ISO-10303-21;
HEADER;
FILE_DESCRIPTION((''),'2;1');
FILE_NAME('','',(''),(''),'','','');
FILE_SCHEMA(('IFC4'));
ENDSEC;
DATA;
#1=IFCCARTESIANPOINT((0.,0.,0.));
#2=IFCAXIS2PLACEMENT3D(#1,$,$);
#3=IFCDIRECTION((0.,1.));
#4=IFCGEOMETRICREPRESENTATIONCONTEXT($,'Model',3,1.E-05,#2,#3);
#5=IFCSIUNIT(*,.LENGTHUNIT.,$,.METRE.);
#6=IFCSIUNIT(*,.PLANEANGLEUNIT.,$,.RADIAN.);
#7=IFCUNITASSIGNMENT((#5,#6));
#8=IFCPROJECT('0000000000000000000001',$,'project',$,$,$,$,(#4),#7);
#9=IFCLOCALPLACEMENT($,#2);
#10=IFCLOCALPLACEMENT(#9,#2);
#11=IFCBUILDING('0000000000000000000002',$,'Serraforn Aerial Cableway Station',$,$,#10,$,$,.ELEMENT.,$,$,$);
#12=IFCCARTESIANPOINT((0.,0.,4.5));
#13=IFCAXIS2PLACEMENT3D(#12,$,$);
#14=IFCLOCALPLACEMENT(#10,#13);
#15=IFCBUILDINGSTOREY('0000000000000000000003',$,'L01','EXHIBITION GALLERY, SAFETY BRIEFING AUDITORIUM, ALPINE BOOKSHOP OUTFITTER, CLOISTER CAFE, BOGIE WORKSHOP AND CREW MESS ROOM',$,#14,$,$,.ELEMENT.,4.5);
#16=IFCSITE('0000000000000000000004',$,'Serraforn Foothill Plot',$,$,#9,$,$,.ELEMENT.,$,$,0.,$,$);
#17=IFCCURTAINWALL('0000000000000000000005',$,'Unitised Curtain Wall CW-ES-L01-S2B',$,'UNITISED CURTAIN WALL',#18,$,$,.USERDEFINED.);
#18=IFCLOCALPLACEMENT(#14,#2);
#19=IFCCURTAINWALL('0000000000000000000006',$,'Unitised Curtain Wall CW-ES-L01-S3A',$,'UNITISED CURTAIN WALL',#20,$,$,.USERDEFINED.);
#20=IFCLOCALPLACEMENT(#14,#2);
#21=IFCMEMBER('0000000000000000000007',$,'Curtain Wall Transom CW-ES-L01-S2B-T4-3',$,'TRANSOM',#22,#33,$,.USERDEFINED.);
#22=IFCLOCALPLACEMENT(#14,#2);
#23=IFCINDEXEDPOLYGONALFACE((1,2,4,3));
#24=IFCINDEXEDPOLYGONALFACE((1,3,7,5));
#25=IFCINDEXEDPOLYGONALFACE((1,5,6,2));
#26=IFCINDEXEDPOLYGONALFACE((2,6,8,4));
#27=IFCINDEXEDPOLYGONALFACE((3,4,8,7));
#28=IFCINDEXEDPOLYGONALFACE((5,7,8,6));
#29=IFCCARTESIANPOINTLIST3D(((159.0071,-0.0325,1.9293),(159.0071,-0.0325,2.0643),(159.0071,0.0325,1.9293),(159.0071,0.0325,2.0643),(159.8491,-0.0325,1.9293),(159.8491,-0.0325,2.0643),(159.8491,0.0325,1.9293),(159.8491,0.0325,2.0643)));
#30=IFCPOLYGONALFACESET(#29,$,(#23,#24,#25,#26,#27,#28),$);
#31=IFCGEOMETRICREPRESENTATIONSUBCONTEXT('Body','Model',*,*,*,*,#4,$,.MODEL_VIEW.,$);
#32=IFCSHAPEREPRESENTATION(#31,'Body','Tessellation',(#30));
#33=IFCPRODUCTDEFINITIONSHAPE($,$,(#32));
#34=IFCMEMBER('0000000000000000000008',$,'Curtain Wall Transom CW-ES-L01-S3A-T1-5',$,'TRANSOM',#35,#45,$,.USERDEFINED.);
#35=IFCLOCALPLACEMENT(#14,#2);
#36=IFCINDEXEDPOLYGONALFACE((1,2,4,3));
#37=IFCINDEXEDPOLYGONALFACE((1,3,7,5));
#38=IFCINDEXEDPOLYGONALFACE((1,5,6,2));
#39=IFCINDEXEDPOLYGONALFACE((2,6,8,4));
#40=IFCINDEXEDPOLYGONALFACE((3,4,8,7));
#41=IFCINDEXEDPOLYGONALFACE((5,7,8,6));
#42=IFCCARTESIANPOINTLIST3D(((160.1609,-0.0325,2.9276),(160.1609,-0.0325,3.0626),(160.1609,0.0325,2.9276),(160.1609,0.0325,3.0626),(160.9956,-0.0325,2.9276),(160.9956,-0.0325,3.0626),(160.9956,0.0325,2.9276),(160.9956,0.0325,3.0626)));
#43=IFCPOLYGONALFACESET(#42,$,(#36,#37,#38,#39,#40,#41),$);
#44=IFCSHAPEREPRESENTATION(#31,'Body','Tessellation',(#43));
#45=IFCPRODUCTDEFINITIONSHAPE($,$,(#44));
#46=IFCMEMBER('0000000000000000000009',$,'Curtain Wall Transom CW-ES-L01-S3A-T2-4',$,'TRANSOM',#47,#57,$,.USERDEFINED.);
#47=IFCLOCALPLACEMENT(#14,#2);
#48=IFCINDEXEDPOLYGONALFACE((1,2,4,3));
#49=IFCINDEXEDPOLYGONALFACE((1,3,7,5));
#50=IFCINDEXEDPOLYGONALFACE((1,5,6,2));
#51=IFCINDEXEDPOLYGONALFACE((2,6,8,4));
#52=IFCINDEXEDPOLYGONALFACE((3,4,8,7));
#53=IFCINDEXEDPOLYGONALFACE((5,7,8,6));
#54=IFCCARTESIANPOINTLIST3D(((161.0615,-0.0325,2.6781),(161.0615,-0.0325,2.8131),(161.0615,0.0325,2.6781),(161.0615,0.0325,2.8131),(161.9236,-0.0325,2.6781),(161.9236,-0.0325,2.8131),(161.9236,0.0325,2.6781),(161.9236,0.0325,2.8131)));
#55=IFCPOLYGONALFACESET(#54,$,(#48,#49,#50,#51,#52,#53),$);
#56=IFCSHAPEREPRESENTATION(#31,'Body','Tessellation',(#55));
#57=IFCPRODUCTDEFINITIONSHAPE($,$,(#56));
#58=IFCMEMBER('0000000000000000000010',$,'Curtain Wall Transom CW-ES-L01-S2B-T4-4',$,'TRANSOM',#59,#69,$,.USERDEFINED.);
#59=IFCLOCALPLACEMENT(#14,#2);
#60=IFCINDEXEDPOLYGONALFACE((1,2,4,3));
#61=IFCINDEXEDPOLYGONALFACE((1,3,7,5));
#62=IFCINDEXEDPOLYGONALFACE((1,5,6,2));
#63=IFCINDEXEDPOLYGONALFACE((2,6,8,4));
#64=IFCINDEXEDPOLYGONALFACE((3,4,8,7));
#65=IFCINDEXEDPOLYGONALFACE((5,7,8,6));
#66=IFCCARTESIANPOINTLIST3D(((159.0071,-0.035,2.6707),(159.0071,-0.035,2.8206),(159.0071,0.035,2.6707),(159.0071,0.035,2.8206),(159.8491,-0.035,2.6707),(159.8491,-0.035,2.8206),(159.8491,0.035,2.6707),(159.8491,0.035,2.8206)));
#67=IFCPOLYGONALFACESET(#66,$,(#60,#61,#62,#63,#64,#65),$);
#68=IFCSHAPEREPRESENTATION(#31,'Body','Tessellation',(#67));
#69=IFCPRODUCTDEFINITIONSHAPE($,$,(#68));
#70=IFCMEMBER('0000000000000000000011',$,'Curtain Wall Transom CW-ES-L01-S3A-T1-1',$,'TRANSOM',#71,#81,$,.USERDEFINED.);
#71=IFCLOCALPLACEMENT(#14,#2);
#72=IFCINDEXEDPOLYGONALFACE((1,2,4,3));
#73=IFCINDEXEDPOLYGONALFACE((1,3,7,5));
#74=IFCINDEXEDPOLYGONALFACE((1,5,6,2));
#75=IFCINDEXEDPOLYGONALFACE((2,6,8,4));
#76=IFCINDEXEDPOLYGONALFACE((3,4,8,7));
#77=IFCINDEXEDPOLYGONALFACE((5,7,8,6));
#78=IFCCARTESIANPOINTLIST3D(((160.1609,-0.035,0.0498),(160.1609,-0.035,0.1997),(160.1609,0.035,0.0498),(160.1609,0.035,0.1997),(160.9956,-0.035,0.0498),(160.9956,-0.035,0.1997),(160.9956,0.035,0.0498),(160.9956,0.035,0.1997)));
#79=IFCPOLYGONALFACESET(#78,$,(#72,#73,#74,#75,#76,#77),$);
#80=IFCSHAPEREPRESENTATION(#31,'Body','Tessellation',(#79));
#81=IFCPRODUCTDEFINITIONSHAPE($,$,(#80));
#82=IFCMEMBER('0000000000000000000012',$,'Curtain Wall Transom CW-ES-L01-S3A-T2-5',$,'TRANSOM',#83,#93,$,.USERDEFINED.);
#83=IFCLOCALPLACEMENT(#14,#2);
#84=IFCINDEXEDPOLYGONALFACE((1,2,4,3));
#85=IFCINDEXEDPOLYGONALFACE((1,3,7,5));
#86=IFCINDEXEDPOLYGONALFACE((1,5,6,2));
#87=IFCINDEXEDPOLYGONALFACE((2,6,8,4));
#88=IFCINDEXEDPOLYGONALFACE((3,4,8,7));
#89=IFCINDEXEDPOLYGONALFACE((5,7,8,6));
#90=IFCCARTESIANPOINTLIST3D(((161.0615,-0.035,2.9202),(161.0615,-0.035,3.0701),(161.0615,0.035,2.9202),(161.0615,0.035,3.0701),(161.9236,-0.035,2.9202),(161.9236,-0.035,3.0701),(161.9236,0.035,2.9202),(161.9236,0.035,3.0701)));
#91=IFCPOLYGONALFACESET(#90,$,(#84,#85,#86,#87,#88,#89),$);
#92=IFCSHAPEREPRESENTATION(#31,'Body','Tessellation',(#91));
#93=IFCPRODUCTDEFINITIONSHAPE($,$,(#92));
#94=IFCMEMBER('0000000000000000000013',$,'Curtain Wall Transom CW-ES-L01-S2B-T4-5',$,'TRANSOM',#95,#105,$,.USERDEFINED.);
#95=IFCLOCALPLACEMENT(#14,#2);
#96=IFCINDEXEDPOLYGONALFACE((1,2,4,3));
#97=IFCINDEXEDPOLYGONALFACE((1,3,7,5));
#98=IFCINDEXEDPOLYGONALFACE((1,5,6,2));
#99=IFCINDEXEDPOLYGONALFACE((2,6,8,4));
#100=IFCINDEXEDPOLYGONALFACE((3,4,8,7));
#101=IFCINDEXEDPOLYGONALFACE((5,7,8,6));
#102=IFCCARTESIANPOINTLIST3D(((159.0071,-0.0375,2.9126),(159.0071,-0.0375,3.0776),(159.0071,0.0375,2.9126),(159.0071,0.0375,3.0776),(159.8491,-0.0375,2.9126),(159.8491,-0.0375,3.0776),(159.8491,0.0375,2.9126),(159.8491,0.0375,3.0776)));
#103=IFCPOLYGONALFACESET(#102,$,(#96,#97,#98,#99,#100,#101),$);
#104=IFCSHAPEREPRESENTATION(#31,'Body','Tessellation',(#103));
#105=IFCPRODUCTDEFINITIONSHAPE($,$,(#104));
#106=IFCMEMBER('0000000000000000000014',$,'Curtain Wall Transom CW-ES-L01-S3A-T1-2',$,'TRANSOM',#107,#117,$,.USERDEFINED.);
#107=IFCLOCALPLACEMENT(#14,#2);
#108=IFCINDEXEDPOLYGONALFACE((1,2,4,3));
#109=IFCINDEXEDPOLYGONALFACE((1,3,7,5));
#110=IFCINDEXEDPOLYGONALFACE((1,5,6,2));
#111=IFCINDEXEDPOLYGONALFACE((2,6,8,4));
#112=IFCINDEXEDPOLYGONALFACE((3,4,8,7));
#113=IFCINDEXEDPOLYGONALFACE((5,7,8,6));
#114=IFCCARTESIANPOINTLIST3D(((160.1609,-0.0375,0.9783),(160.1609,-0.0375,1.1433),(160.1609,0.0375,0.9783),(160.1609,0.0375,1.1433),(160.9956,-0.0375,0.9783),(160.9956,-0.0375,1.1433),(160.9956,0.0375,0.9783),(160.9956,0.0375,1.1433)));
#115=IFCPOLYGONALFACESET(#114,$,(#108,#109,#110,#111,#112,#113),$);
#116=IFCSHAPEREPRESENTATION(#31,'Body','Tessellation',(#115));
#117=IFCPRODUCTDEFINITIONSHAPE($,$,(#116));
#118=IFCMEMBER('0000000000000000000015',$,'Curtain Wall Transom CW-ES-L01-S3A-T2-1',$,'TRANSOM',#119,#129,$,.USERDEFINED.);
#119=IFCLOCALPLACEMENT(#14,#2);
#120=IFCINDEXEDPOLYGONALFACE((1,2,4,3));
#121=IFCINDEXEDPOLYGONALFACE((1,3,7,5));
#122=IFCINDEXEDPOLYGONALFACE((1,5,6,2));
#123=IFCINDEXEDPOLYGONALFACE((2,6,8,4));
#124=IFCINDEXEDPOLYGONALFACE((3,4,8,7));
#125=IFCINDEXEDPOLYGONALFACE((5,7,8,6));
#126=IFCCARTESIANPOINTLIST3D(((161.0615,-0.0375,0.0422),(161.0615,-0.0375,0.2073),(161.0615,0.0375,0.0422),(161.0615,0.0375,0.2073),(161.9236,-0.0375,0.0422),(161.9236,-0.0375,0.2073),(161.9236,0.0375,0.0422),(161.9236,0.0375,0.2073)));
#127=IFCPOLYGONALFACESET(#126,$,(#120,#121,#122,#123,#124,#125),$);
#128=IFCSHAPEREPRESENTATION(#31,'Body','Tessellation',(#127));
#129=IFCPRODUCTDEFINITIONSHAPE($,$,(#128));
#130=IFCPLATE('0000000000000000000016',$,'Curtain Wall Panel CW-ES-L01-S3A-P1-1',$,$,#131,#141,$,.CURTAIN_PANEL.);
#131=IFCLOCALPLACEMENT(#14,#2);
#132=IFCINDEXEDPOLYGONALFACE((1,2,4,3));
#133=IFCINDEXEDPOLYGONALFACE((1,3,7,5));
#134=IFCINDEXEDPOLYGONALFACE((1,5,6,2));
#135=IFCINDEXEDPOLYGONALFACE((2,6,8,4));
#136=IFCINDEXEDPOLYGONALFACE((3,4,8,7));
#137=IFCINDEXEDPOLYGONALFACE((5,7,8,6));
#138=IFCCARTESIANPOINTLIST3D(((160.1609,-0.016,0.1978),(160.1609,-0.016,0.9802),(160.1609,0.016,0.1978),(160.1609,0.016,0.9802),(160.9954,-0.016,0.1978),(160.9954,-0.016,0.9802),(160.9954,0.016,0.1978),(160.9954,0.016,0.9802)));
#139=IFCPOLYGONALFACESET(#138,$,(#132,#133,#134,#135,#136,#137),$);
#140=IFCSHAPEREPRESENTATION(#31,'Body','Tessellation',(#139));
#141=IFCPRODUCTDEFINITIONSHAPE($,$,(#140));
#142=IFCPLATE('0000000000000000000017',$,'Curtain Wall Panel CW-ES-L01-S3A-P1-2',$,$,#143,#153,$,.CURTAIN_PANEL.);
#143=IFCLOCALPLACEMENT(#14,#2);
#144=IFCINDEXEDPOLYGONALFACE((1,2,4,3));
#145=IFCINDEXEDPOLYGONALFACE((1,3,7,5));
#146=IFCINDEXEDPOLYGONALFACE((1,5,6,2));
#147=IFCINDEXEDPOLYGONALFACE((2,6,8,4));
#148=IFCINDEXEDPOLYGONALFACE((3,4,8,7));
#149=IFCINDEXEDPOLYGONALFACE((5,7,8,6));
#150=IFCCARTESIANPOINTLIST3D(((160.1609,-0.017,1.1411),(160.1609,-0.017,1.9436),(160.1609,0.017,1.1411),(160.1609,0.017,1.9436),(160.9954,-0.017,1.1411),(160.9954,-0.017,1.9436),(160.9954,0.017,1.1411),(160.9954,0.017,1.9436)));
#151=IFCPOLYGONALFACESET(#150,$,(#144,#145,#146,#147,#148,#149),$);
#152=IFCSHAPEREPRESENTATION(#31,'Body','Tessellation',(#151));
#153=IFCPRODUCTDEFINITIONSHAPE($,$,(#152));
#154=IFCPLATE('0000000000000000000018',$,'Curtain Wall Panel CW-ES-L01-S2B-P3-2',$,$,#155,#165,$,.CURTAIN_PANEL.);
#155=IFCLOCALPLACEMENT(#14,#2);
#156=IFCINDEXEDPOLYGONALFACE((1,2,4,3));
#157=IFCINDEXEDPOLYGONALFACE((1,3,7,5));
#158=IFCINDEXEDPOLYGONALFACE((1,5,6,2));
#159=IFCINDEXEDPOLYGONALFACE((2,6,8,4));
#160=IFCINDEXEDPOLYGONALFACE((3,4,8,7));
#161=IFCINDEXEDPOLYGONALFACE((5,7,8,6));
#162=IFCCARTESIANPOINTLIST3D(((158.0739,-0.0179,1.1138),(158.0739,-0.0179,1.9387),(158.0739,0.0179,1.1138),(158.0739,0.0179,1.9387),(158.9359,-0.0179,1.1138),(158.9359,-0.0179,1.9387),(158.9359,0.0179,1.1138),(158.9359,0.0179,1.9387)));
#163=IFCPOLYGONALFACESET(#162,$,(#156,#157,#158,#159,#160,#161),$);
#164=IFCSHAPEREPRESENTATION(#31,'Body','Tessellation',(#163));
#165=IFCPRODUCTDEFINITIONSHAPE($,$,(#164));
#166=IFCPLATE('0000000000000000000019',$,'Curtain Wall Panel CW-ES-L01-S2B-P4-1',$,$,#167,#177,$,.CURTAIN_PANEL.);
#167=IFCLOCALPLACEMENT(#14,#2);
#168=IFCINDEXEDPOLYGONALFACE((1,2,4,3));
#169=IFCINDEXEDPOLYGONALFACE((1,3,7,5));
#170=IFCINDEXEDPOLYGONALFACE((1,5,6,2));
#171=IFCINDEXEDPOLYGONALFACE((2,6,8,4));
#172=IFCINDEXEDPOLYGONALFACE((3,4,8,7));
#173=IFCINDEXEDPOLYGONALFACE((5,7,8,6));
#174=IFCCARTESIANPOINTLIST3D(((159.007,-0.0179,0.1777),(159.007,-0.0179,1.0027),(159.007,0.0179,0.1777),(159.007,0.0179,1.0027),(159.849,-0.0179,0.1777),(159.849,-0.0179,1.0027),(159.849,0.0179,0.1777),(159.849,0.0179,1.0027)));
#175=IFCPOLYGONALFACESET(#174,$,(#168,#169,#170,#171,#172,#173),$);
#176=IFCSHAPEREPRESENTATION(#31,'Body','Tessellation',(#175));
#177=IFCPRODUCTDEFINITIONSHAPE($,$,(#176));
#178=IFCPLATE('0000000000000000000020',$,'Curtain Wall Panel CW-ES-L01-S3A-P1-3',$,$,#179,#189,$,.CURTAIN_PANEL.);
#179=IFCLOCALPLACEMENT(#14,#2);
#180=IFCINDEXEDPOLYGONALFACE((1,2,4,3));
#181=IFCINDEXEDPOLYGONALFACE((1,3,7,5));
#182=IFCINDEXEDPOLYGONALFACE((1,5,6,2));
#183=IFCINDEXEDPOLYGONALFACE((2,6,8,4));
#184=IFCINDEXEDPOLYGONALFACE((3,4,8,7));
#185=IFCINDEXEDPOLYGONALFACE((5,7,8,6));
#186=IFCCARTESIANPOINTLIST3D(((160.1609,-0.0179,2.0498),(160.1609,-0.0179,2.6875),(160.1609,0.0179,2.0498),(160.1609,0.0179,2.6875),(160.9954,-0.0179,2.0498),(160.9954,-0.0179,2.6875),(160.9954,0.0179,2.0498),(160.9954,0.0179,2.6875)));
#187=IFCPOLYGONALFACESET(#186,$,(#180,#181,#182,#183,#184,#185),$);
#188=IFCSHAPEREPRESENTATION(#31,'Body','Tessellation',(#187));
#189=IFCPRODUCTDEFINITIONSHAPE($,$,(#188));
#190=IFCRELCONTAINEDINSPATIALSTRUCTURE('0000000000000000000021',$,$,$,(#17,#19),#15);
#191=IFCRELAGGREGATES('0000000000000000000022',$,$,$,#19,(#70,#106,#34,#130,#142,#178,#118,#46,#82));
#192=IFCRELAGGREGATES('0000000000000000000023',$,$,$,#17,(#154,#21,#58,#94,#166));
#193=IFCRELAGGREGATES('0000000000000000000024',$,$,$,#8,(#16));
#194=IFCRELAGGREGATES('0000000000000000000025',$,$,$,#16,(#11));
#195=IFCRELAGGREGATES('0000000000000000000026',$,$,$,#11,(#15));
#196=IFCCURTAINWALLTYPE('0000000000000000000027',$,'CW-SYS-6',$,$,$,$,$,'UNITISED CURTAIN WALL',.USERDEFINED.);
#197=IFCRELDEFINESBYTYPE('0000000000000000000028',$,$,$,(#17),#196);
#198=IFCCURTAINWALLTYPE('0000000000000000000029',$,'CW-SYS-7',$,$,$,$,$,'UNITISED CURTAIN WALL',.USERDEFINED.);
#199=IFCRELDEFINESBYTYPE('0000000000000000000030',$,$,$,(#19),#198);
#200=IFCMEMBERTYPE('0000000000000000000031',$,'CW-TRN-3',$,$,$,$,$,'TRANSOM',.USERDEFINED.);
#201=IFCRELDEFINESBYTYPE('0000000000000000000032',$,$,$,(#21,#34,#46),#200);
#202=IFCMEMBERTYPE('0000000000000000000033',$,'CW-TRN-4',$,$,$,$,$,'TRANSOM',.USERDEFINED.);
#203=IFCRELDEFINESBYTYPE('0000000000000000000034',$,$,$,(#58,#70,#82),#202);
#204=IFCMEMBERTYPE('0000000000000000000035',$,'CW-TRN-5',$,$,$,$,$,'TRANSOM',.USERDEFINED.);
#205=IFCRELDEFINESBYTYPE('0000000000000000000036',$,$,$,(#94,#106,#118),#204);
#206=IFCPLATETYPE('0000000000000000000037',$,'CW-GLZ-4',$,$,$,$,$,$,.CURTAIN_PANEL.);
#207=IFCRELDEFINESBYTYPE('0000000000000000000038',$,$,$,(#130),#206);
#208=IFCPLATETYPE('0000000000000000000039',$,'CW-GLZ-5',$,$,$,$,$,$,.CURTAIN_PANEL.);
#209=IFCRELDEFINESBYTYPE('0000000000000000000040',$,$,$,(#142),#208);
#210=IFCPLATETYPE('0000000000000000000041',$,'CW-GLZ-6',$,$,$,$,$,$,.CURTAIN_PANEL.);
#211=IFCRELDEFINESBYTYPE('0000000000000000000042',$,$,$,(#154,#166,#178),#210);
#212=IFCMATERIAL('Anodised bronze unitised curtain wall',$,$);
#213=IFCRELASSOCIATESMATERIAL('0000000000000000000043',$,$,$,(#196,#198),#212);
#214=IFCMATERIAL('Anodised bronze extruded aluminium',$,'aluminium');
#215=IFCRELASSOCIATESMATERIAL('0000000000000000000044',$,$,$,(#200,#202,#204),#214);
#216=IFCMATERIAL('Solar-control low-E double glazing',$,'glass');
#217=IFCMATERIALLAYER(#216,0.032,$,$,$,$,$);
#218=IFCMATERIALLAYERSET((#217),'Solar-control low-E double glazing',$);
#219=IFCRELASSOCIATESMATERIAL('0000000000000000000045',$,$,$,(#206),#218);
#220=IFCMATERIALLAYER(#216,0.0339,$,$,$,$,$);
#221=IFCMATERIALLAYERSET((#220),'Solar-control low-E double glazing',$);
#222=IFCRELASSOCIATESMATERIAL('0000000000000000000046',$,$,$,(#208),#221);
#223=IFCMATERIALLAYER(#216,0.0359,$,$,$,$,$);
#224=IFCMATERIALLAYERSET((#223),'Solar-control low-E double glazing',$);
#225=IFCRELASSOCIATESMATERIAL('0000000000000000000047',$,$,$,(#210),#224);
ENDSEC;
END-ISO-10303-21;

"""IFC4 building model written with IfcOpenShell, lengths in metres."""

from ifc_helpers import new_model, si_unit, direction, frame, origin, origin_2d, place, context, subcontext, project, spatial, rectangle, extrude, material, layer, layer_set, material_profile, profile_set, type_object, element, aggregate, save


model = new_model("IFC4")

# Units and contexts
model_context = context("Model", 3, precision=1e-05, world=origin(), true_north=direction((0.0, 1.0)))
body_context = subcontext(model_context, "Body", "Model", "MODEL_VIEW")
ifc_project = project(units=[si_unit("LENGTHUNIT", "METRE"), si_unit("PLANEANGLEUNIT", "RADIAN")], contexts=[model_context])

# Site, building, storey
site_placement = place(None, origin())
site = spatial("IfcSite", under=ifc_project, at=site_placement, Name="Serraforn Foothill Plot", CompositionType="ELEMENT", RefElevation=0.0)
building_placement = place(site_placement, origin())
building = spatial("IfcBuilding", under=site, at=building_placement, Name="Serraforn Aerial Cableway Station", CompositionType="ELEMENT")
storey_placement = place(building_placement, frame((0.0, 0.0, 4.5)))
storey = spatial("IfcBuildingStorey", under=building, at=storey_placement, Name="L01", Description="EXHIBITION GALLERY, SAFETY BRIEFING AUDITORIUM, ALPINE BOOKSHOP OUTFITTER, CLOISTER CAFE, BOGIE WORKSHOP AND CREW MESS ROOM", CompositionType="ELEMENT", Elevation=4.5)

# Curtain wall
ifc_material_1 = material(Name="Anodised bronze unitised curtain wall")
curtain_wall_type_1 = type_object("IfcCurtainWallType", Name="CW-SYS-6", ElementType="UNITISED CURTAIN WALL", PredefinedType="USERDEFINED", material=ifc_material_1)
curtain_wall_1_placement = place(storey_placement, origin())
curtain_wall_1 = element("IfcCurtainWall", 1, at=curtain_wall_1_placement, inside=storey, type_object=curtain_wall_type_1, Name="Unitised Curtain Wall CW-ES-L01-S2B", ObjectType="UNITISED CURTAIN WALL", PredefinedType="USERDEFINED")
ifc_material_2 = material(Name="Anodised bronze extruded aluminium", Category="aluminium")

# Curtain wall
curtain_wall_type_2 = type_object("IfcCurtainWallType", Name="CW-SYS-7", ElementType="UNITISED CURTAIN WALL", PredefinedType="USERDEFINED", material=ifc_material_1)
curtain_wall_2_placement = place(storey_placement, origin())
curtain_wall_2 = element("IfcCurtainWall", 2, at=curtain_wall_2_placement, inside=storey, type_object=curtain_wall_type_2, Name="Unitised Curtain Wall CW-ES-L01-S3A", ObjectType="UNITISED CURTAIN WALL", PredefinedType="USERDEFINED")

# Members
ifc_material_profile_1 = material_profile(ifc_material_2, rectangle(XDim=0.0649, YDim=0.135, at=origin_2d()), Name="CW TRANSOM 65x135")
ifc_profile_set_1 = profile_set([ifc_material_profile_1], Name="Anodised bronze extruded aluminium")
member_type_1 = type_object("IfcMemberType", Name="CW-TRN-3", ElementType="TRANSOM", PredefinedType="USERDEFINED", material=ifc_profile_set_1)
member_1_placement = place(storey_placement, frame((159.0071, 0.0, 1.9968), z_axis=(1.0, 0.0, 0.0), x_axis=(0.0, 1.0, 0.0)))
member_1 = element("IfcMember", 3, at=member_1_placement, type_object=member_type_1, Name="Curtain Wall Transom CW-ES-L01-S2B-T4-3", ObjectType="TRANSOM", PredefinedType="USERDEFINED", context=body_context, shape_type="SweptSolid", body=[
    extrude(rectangle(XDim=0.0649, YDim=0.135, at=origin_2d()), origin(), (0.0, 0.0, 1.0), 0.842),
])
member_2_placement = place(storey_placement, frame((160.1609, 0.0, 2.9951), z_axis=(1.0, 0.0, 0.0), x_axis=(0.0, 1.0, 0.0)))
member_2 = element("IfcMember", 4, at=member_2_placement, type_object=member_type_1, Name="Curtain Wall Transom CW-ES-L01-S3A-T1-5", ObjectType="TRANSOM", PredefinedType="USERDEFINED", context=body_context, shape_type="SweptSolid", body=[
    extrude(rectangle(XDim=0.0649, YDim=0.135, at=origin_2d()), origin(), (0.0, 0.0, 1.0), 0.8347),
])
member_3_placement = place(storey_placement, frame((161.0615, 0.0, 2.7456), z_axis=(1.0, 0.0, 0.0), x_axis=(0.0, 1.0, 0.0)))
member_3 = element("IfcMember", 5, at=member_3_placement, type_object=member_type_1, Name="Curtain Wall Transom CW-ES-L01-S3A-T2-4", ObjectType="TRANSOM", PredefinedType="USERDEFINED", context=body_context, shape_type="SweptSolid", body=[
    extrude(rectangle(XDim=0.0649, YDim=0.135, at=origin_2d()), origin(), (0.0, 0.0, 1.0), 0.8621),
])
ifc_material_profile_2 = material_profile(ifc_material_2, rectangle(XDim=0.0701, YDim=0.1499, at=origin_2d()), Name="CW TRANSOM 70x150")
ifc_profile_set_2 = profile_set([ifc_material_profile_2], Name="Anodised bronze extruded aluminium")
member_type_2 = type_object("IfcMemberType", Name="CW-TRN-4", ElementType="TRANSOM", PredefinedType="USERDEFINED", material=ifc_profile_set_2)
member_4_placement = place(storey_placement, frame((159.0071, 0.0, 2.7456), z_axis=(1.0, 0.0, 0.0), x_axis=(0.0, 1.0, 0.0)))
member_4 = element("IfcMember", 6, at=member_4_placement, type_object=member_type_2, Name="Curtain Wall Transom CW-ES-L01-S2B-T4-4", ObjectType="TRANSOM", PredefinedType="USERDEFINED", context=body_context, shape_type="SweptSolid", body=[
    extrude(rectangle(XDim=0.0701, YDim=0.1499, at=origin_2d()), origin(), (0.0, 0.0, 1.0), 0.842),
])
member_5_placement = place(storey_placement, frame((160.1609, 0.0, 0.1248), z_axis=(1.0, 0.0, 0.0), x_axis=(0.0, 1.0, 0.0)))
member_5 = element("IfcMember", 7, at=member_5_placement, type_object=member_type_2, Name="Curtain Wall Transom CW-ES-L01-S3A-T1-1", ObjectType="TRANSOM", PredefinedType="USERDEFINED", context=body_context, shape_type="SweptSolid", body=[
    extrude(rectangle(XDim=0.0701, YDim=0.1499, at=origin_2d()), origin(), (0.0, 0.0, 1.0), 0.8347),
])
member_6_placement = place(storey_placement, frame((161.0615, 0.0, 2.9951), z_axis=(1.0, 0.0, 0.0), x_axis=(0.0, 1.0, 0.0)))
member_6 = element("IfcMember", 8, at=member_6_placement, type_object=member_type_2, Name="Curtain Wall Transom CW-ES-L01-S3A-T2-5", ObjectType="TRANSOM", PredefinedType="USERDEFINED", context=body_context, shape_type="SweptSolid", body=[
    extrude(rectangle(XDim=0.0701, YDim=0.1499, at=origin_2d()), origin(), (0.0, 0.0, 1.0), 0.8621),
])
ifc_material_profile_3 = material_profile(ifc_material_2, rectangle(XDim=0.075, YDim=0.165, at=origin_2d()), Name="CW TRANSOM 75x165")
ifc_profile_set_3 = profile_set([ifc_material_profile_3], Name="Anodised bronze extruded aluminium")
member_type_3 = type_object("IfcMemberType", Name="CW-TRN-5", ElementType="TRANSOM", PredefinedType="USERDEFINED", material=ifc_profile_set_3)
member_7_placement = place(storey_placement, frame((159.0071, 0.0, 2.9951), z_axis=(1.0, 0.0, 0.0), x_axis=(0.0, 1.0, 0.0)))
member_7 = element("IfcMember", 9, at=member_7_placement, type_object=member_type_3, Name="Curtain Wall Transom CW-ES-L01-S2B-T4-5", ObjectType="TRANSOM", PredefinedType="USERDEFINED", context=body_context, shape_type="SweptSolid", body=[
    extrude(rectangle(XDim=0.075, YDim=0.165, at=origin_2d()), origin(), (0.0, 0.0, 1.0), 0.842),
])
member_8_placement = place(storey_placement, frame((160.1609, 0.0, 1.0608), z_axis=(1.0, 0.0, 0.0), x_axis=(0.0, 1.0, 0.0)))
member_8 = element("IfcMember", 10, at=member_8_placement, type_object=member_type_3, Name="Curtain Wall Transom CW-ES-L01-S3A-T1-2", ObjectType="TRANSOM", PredefinedType="USERDEFINED", context=body_context, shape_type="SweptSolid", body=[
    extrude(rectangle(XDim=0.075, YDim=0.165, at=origin_2d()), origin(), (0.0, 0.0, 1.0), 0.8347),
])
member_9_placement = place(storey_placement, frame((161.0615, 0.0, 0.1248), z_axis=(1.0, 0.0, 0.0), x_axis=(0.0, 1.0, 0.0)))
member_9 = element("IfcMember", 11, at=member_9_placement, type_object=member_type_3, Name="Curtain Wall Transom CW-ES-L01-S3A-T2-1", ObjectType="TRANSOM", PredefinedType="USERDEFINED", context=body_context, shape_type="SweptSolid", body=[
    extrude(rectangle(XDim=0.075, YDim=0.165, at=origin_2d()), origin(), (0.0, 0.0, 1.0), 0.8621),
])

# Plates
ifc_material_3 = material(Name="Solar-control low-E double glazing", Category="glass")
ifc_layer_1 = layer(ifc_material_3, 0.032)
ifc_layer_set_1 = layer_set([ifc_layer_1], Name="Solar-control low-E double glazing")
plate_type_1 = type_object("IfcPlateType", Name="CW-GLZ-4", PredefinedType="CURTAIN_PANEL", material=ifc_layer_set_1)
plate_1_placement = place(storey_placement, frame((160.5781, 0.0, 0.1978), z_axis=(0.0, 0.0, 1.0), x_axis=(1.0, 0.0, 0.0)))
plate_1 = element("IfcPlate", 12, at=plate_1_placement, type_object=plate_type_1, Name="Curtain Wall Panel CW-ES-L01-S3A-P1-1", PredefinedType="CURTAIN_PANEL", context=body_context, shape_type="SweptSolid", body=[
    extrude(rectangle(XDim=0.8345, YDim=0.032, at=origin_2d()), origin(), (0.0, 0.0, 1.0), 0.7825),
])
ifc_layer_2 = layer(ifc_material_3, 0.0339)
ifc_layer_set_2 = layer_set([ifc_layer_2], Name="Solar-control low-E double glazing")
plate_type_2 = type_object("IfcPlateType", Name="CW-GLZ-5", PredefinedType="CURTAIN_PANEL", material=ifc_layer_set_2)
plate_2_placement = place(storey_placement, frame((160.5781, 0.0, 1.1411), z_axis=(0.0, 0.0, 1.0), x_axis=(1.0, 0.0, 0.0)))
plate_2 = element("IfcPlate", 13, at=plate_2_placement, type_object=plate_type_2, Name="Curtain Wall Panel CW-ES-L01-S3A-P1-2", PredefinedType="CURTAIN_PANEL", context=body_context, shape_type="SweptSolid", body=[
    extrude(rectangle(XDim=0.8345, YDim=0.0339, at=origin_2d()), origin(), (0.0, 0.0, 1.0), 0.8025),
])
ifc_layer_3 = layer(ifc_material_3, 0.0359)
ifc_layer_set_3 = layer_set([ifc_layer_3], Name="Solar-control low-E double glazing")
plate_type_3 = type_object("IfcPlateType", Name="CW-GLZ-6", PredefinedType="CURTAIN_PANEL", material=ifc_layer_set_3)
plate_3_placement = place(storey_placement, frame((158.5049, 0.0, 1.1138), z_axis=(0.0, 0.0, 1.0), x_axis=(1.0, 0.0, 0.0)))
plate_3 = element("IfcPlate", 14, at=plate_3_placement, type_object=plate_type_3, Name="Curtain Wall Panel CW-ES-L01-S2B-P3-2", PredefinedType="CURTAIN_PANEL", context=body_context, shape_type="SweptSolid", body=[
    extrude(rectangle(XDim=0.8621, YDim=0.0359, at=origin_2d()), origin(), (0.0, 0.0, 1.0), 0.825),
])
plate_4_placement = place(storey_placement, frame((159.428, 0.0, 0.1777), z_axis=(0.0, 0.0, 1.0), x_axis=(1.0, 0.0, 0.0)))
plate_4 = element("IfcPlate", 15, at=plate_4_placement, type_object=plate_type_3, Name="Curtain Wall Panel CW-ES-L01-S2B-P4-1", PredefinedType="CURTAIN_PANEL", context=body_context, shape_type="SweptSolid", body=[
    extrude(rectangle(XDim=0.842, YDim=0.0359, at=origin_2d()), origin(), (0.0, 0.0, 1.0), 0.825),
])
plate_5_placement = place(storey_placement, frame((160.5781, 0.0, 2.0498), z_axis=(0.0, 0.0, 1.0), x_axis=(1.0, 0.0, 0.0)))
plate_5 = element("IfcPlate", 16, at=plate_5_placement, type_object=plate_type_3, Name="Curtain Wall Panel CW-ES-L01-S3A-P1-3", PredefinedType="CURTAIN_PANEL", context=body_context, shape_type="SweptSolid", body=[
    extrude(rectangle(XDim=0.8345, YDim=0.0359, at=origin_2d()), origin(), (0.0, 0.0, 1.0), 0.6377),
])
aggregate(curtain_wall_2, [member_5, member_8, member_2, plate_1, plate_2, plate_5, member_9, member_3, member_6])
aggregate(curtain_wall_1, [plate_3, member_1, member_4, member_7, plate_4])

save(model, "model.ifc")
